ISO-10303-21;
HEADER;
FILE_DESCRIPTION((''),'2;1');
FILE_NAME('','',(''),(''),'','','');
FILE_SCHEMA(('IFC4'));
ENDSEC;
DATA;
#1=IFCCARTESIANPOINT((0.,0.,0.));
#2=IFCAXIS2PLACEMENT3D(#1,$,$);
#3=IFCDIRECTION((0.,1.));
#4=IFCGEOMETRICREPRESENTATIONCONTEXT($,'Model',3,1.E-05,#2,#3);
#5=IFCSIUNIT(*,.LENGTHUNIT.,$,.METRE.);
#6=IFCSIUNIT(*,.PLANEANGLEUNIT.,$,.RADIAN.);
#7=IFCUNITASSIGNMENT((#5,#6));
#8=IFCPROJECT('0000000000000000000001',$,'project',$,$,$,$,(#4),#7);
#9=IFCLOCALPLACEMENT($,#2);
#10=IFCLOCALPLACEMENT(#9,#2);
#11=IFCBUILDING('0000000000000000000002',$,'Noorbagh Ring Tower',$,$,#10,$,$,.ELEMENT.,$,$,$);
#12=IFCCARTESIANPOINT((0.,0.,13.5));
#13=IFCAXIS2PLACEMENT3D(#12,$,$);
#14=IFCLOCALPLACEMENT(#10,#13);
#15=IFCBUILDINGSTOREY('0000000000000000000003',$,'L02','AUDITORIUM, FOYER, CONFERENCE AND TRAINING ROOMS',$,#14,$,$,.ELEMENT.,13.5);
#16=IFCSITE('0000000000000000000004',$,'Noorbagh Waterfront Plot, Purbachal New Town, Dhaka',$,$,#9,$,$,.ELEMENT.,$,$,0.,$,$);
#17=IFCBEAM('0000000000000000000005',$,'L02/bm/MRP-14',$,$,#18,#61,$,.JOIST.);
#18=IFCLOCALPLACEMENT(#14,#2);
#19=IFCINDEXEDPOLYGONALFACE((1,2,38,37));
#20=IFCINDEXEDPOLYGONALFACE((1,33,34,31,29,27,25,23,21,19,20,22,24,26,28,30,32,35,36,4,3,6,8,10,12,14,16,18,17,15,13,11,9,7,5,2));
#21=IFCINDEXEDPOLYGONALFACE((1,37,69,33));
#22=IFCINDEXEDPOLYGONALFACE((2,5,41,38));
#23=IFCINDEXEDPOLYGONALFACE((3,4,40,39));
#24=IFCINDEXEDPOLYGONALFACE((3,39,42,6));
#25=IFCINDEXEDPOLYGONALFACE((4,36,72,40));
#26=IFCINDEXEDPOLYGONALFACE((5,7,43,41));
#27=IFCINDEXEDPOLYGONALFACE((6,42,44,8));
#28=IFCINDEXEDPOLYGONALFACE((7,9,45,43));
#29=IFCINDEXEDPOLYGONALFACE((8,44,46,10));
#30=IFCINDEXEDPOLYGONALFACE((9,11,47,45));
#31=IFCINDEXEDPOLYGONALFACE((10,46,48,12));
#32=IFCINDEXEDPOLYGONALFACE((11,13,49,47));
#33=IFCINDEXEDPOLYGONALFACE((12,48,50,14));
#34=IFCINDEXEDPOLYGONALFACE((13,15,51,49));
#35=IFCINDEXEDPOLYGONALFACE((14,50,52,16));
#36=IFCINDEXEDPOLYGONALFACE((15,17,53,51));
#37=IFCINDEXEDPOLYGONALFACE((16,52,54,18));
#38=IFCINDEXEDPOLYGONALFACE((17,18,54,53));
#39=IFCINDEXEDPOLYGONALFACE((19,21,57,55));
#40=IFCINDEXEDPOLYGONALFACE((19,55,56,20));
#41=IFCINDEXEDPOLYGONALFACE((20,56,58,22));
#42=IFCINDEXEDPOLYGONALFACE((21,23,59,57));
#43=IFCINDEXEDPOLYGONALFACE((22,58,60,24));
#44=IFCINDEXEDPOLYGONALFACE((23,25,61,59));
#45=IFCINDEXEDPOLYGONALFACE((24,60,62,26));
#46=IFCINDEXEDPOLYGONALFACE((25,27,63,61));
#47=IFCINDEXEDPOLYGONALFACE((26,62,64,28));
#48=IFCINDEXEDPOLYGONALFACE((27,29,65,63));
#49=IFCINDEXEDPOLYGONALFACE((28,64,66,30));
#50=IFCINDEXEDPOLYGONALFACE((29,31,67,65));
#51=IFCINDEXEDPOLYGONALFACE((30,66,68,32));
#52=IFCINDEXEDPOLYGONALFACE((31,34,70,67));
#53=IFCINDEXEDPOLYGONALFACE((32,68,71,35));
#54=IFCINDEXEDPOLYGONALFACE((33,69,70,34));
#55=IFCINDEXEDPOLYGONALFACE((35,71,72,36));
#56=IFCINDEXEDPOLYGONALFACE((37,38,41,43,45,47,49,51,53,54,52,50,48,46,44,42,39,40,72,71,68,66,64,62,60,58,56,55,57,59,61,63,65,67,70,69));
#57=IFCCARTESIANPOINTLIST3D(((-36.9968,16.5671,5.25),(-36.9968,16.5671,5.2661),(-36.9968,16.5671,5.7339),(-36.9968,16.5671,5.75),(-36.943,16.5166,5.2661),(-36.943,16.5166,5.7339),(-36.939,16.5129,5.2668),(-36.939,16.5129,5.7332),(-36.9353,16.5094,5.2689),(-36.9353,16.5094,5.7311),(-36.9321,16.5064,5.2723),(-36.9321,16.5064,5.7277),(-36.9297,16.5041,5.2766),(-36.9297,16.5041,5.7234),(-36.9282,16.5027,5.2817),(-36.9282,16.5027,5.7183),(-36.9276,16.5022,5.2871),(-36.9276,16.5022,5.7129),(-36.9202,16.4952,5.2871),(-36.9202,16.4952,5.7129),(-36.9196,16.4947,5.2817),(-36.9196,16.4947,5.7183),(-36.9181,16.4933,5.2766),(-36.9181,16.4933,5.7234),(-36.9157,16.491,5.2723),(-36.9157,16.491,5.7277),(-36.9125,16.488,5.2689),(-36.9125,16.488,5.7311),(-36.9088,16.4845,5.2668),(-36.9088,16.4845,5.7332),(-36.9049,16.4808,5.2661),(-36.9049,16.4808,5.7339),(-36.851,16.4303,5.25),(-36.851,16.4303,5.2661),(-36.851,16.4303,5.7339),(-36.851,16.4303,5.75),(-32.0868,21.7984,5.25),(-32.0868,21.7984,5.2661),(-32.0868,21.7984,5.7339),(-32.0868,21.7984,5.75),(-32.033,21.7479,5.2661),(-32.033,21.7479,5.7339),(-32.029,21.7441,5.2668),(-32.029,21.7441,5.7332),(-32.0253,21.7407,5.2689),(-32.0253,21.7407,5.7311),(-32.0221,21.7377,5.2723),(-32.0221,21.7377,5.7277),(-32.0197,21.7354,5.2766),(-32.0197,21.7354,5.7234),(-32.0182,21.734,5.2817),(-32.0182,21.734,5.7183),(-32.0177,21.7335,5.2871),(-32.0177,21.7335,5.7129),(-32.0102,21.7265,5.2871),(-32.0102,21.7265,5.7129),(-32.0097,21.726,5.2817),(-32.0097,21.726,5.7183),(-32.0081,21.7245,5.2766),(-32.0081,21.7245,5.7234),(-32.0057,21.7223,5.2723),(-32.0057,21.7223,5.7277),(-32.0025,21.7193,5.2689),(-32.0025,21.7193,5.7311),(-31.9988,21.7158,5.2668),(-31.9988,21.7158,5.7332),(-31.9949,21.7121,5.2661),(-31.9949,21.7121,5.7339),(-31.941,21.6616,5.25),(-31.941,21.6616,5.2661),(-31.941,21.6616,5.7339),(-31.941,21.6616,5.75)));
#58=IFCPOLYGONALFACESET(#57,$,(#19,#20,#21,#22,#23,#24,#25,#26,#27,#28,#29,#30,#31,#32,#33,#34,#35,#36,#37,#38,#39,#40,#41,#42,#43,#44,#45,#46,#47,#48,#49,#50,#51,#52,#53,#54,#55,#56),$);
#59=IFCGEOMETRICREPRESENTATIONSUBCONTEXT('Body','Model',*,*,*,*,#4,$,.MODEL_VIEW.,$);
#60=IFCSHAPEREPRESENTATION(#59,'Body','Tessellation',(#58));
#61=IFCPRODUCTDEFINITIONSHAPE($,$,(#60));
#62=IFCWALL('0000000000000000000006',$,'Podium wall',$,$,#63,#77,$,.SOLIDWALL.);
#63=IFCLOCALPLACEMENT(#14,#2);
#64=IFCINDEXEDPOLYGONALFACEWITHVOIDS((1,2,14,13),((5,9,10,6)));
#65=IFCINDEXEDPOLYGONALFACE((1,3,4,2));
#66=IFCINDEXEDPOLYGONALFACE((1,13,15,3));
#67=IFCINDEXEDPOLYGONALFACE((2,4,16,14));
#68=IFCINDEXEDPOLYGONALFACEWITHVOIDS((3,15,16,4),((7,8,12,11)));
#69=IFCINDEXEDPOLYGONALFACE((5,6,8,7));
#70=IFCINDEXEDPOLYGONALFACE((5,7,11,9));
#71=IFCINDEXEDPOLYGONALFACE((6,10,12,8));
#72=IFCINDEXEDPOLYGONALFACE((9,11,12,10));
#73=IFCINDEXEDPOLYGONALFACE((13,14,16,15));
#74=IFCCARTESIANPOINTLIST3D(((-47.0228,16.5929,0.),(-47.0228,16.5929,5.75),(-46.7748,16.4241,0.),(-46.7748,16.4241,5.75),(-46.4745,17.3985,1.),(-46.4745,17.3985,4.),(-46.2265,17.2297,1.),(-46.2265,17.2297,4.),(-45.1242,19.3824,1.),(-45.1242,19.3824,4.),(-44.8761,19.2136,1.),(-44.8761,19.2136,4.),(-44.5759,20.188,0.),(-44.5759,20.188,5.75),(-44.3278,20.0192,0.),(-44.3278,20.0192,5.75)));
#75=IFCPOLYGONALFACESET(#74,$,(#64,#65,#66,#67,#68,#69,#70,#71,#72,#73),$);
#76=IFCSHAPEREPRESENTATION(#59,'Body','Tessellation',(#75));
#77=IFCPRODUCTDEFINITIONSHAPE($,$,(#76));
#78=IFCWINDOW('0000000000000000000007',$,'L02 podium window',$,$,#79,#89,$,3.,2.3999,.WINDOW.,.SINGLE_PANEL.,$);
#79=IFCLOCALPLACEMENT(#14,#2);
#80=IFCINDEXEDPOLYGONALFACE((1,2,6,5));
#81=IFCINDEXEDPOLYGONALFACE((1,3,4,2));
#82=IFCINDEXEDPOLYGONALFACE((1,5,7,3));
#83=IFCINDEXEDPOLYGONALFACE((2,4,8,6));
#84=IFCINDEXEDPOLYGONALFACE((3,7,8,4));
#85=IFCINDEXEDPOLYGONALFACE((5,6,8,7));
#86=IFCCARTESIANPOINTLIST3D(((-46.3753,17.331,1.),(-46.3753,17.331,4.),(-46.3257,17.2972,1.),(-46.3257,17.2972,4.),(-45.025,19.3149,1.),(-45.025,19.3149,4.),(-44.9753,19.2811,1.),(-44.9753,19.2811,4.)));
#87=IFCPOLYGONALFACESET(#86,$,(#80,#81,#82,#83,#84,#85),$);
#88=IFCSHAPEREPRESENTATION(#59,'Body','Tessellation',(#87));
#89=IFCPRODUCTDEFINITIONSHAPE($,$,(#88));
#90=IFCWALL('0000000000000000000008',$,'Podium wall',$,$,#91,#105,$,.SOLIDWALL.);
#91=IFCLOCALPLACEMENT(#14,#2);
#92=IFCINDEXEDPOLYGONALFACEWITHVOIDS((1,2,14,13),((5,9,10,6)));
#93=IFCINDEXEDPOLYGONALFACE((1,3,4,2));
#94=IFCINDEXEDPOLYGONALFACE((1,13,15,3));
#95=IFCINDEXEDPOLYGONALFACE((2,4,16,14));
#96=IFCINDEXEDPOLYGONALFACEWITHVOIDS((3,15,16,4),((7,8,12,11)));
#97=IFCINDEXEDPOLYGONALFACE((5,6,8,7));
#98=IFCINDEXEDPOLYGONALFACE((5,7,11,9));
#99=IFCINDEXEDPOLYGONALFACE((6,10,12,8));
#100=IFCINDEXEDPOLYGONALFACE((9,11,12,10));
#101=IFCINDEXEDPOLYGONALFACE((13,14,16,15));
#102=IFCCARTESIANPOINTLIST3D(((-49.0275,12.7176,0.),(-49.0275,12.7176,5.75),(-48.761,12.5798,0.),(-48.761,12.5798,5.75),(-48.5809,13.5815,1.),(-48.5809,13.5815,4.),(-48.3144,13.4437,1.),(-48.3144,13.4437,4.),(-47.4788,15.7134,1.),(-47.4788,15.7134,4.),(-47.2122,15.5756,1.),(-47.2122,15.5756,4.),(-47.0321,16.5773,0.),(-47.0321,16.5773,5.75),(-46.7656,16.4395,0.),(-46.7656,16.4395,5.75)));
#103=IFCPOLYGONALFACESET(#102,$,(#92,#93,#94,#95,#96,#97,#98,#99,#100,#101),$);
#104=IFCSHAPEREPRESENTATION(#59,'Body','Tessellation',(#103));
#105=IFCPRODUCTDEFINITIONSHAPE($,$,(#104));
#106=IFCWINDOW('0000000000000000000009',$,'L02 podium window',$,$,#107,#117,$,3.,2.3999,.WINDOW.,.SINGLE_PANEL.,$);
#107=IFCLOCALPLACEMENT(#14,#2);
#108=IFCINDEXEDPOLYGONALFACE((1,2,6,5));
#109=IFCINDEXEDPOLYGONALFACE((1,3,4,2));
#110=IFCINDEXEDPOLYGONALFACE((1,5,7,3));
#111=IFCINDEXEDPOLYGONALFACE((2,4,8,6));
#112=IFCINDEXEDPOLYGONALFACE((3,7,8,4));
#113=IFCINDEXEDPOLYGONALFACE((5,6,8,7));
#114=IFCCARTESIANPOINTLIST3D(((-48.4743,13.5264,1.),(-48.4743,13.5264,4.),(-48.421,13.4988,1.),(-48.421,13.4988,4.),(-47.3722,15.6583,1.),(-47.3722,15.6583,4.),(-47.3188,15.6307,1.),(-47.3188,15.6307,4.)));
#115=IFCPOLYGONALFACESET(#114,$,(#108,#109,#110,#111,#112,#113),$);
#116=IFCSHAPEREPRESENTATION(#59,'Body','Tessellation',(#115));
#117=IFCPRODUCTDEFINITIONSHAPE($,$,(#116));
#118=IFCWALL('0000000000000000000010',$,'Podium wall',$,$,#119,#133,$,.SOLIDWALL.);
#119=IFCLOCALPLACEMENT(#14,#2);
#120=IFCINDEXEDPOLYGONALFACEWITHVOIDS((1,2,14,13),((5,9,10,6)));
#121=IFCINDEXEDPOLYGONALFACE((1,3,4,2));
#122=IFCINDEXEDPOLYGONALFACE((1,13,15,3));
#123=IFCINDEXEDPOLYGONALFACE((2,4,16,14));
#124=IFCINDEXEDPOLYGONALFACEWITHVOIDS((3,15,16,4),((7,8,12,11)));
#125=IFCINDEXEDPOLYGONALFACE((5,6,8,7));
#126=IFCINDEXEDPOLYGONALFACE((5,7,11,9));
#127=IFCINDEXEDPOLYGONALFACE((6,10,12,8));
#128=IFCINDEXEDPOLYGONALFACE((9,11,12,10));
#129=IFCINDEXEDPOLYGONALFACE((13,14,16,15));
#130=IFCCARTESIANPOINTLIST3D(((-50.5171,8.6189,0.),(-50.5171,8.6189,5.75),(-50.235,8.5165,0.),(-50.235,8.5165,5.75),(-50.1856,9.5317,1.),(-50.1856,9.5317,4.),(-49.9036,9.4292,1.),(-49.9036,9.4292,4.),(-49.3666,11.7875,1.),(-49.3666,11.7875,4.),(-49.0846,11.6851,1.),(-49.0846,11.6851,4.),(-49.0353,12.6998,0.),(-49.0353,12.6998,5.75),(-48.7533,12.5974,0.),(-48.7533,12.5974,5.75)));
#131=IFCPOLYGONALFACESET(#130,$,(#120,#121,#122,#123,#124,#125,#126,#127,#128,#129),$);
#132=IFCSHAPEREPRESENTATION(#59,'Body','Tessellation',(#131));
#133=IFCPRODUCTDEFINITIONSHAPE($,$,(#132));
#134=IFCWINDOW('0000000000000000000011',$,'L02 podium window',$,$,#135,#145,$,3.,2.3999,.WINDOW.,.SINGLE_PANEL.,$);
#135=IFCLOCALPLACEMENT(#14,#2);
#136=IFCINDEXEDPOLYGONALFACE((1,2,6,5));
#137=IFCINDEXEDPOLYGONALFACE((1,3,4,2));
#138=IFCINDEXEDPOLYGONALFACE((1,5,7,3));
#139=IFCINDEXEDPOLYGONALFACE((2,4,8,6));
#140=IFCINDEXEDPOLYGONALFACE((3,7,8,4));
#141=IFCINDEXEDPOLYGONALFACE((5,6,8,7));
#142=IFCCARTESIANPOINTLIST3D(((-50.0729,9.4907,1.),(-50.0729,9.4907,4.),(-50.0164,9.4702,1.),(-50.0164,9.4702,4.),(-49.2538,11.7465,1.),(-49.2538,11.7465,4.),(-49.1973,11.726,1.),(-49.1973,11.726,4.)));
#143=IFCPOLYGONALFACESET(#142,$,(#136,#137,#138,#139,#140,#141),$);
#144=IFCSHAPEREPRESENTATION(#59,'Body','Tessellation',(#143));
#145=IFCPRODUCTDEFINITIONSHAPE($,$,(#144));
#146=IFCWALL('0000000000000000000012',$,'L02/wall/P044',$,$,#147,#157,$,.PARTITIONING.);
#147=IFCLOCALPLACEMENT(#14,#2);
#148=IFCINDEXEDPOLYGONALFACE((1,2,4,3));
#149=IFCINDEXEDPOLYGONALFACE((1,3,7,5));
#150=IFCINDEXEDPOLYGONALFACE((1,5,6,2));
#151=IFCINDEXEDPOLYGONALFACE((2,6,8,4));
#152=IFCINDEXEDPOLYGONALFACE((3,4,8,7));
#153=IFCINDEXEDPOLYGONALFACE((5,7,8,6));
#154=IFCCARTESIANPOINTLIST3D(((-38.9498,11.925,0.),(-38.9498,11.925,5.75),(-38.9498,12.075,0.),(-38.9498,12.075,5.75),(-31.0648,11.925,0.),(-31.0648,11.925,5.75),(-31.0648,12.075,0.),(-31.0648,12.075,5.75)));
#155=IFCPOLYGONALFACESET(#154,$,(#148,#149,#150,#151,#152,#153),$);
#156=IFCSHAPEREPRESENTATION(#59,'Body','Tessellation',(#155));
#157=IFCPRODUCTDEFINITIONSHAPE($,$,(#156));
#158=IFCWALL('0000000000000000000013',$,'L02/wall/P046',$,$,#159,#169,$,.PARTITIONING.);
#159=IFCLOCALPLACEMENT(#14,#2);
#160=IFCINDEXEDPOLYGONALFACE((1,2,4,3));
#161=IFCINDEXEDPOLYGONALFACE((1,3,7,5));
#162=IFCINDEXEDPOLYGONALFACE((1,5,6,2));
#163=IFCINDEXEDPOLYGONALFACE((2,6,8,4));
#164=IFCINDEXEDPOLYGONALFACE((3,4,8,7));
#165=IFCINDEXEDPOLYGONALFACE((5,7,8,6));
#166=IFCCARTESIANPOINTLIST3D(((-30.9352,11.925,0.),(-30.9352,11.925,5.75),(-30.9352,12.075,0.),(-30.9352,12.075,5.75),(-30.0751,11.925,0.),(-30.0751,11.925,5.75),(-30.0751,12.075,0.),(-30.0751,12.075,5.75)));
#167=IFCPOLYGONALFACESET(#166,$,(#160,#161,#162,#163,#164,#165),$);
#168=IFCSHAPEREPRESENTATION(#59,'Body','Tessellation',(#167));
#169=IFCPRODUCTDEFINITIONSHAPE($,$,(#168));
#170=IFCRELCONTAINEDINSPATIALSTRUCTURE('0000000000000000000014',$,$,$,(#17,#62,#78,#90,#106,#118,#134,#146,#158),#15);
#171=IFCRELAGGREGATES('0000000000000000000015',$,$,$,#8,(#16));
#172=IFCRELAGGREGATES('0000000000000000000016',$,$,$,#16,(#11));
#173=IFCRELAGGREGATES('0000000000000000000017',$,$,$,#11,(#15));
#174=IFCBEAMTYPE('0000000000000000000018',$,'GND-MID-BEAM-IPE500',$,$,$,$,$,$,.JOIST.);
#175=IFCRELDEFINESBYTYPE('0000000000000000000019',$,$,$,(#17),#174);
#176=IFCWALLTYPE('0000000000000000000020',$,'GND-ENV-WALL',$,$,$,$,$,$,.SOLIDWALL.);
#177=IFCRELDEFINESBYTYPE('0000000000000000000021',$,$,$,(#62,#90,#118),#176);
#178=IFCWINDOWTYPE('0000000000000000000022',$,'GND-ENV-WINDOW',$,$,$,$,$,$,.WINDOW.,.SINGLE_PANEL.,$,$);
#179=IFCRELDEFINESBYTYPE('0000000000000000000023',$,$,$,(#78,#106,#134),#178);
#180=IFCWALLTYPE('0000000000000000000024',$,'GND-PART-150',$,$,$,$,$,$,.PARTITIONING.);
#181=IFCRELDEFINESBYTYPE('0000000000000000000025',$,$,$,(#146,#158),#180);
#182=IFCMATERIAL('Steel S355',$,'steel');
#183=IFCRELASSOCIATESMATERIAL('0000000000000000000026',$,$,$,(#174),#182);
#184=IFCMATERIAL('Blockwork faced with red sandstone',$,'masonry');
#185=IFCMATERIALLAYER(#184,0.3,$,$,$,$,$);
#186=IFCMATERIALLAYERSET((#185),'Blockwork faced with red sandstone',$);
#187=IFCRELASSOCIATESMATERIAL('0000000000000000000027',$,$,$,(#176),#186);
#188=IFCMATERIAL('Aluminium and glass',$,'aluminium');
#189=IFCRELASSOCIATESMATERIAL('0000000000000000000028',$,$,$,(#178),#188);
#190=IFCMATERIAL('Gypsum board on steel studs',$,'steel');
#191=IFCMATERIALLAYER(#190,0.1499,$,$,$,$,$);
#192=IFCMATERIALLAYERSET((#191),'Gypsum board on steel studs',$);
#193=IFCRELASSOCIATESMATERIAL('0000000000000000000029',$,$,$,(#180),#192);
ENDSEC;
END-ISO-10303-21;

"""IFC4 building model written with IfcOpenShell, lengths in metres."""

from ifc_helpers import new_model, si_unit, direction, frame, frame_2d, origin, origin_2d, place, context, subcontext, project, spatial, rectangle, i_section, extrude, material, layer, layer_set, material_profile, profile_set, type_object, element, fill, save


model = new_model("IFC4")

# Units and contexts
model_context = context("Model", 3, precision=1e-05, world=origin(), true_north=direction((0.0, 1.0)))
body_context = subcontext(model_context, "Body", "Model", "MODEL_VIEW")
ifc_project = project(units=[si_unit("LENGTHUNIT", "METRE"), si_unit("PLANEANGLEUNIT", "RADIAN")], contexts=[model_context])

# Site, building, storey
site_placement = place(None, origin())
site = spatial("IfcSite", under=ifc_project, at=site_placement, Name="Noorbagh Waterfront Plot, Purbachal New Town, Dhaka", CompositionType="ELEMENT", RefElevation=0.0)
building_placement = place(site_placement, origin())
building = spatial("IfcBuilding", under=site, at=building_placement, Name="Noorbagh Ring Tower", CompositionType="ELEMENT")
storey_placement = place(building_placement, frame((0.0, 0.0, 13.5)))
storey = spatial("IfcBuildingStorey", under=building, at=storey_placement, Name="L02", Description="AUDITORIUM, FOYER, CONFERENCE AND TRAINING ROOMS", CompositionType="ELEMENT", Elevation=13.5)

# Beam
ifc_material_1 = material(Name="Steel S355", Category="steel")
ifc_material_profile_1 = material_profile(ifc_material_1, i_section(OverallWidth=0.2, OverallDepth=0.5, WebThickness=0.0103, FlangeThickness=0.0161, FilletRadius=0.021, at=origin_2d()), Name="IPE500")
ifc_profile_set_1 = profile_set([ifc_material_profile_1], Name="Steel S355")
beam_type_1 = type_object("IfcBeamType", Name="GND-MID-BEAM-IPE500", PredefinedType="JOIST", material=ifc_profile_set_1)
beam_1_placement = place(storey_placement, frame((-32.0139, 21.73, 5.5), z_axis=(-0.684361, -0.729143, 0.0), x_axis=(0.729143, -0.684361, 0.0)))
element("IfcBeam", 1, at=beam_1_placement, inside=storey, type_object=beam_type_1, Name="L02/bm/MRP-14", PredefinedType="JOIST", context=body_context, shape_type="SweptSolid", body=[
    extrude(i_section(OverallWidth=0.2, OverallDepth=0.5, WebThickness=0.0103, FlangeThickness=0.0161, FilletRadius=0.021, at=origin_2d()), origin(), (0.0, 0.0, 1.0), 7.1746),
])

# Walls, openings, windows
ifc_material_2 = material(Name="Blockwork faced with red sandstone", Category="masonry")
ifc_layer_1 = layer(ifc_material_2, 0.3)
ifc_layer_set_1 = layer_set([ifc_layer_1], Name="Blockwork faced with red sandstone")
wall_type_1 = type_object("IfcWallType", Name="GND-ENV-WALL", PredefinedType="SOLIDWALL", material=ifc_layer_set_1)
wall_1_placement = place(storey_placement, frame((-44.4519, 20.1035, 0.0), z_axis=(0.0, 0.0, 1.0), x_axis=(-0.562668, -0.826683, 0.0)))
wall_1 = element("IfcWall", 2, at=wall_1_placement, inside=storey, type_object=wall_type_1, Name="Podium wall", PredefinedType="SOLIDWALL", context=body_context, shape_type="SweptSolid", body=[
    extrude(rectangle(XDim=4.3489, YDim=0.3, at=frame_2d((2.1743, 0.0))), origin(), (0.0, 0.0, 1.0), 5.75),
])
opening_1_placement = place(wall_1_placement, frame((0.9744, 0.0, 1.0)))
opening_1 = element("IfcOpeningElement", 3, at=opening_1_placement, cuts=wall_1, PredefinedType="OPENING", context=body_context, shape_type="SweptSolid", body=[
    extrude(rectangle(XDim=2.3999, YDim=3.0, at=frame_2d((1.2, 1.5))), frame((0.0, 0.1602, 0.0), z_axis=(0.0, -1.0, 0.0), x_axis=(1.0, 0.0, 0.0)), (0.0, 0.0, 1.0), 0.3201),
])
ifc_material_3 = material(Name="Aluminium and glass", Category="aluminium")
window_type = type_object("IfcWindowType", Name="GND-ENV-WINDOW", PartitioningType="SINGLE_PANEL", PredefinedType="WINDOW", material=ifc_material_3)
window_1_placement = place(opening_1_placement, origin())
window_1 = element("IfcWindow", 4, at=window_1_placement, inside=storey, type_object=window_type, Name="L02 podium window", OverallHeight=3.0, OverallWidth=2.3999, PartitioningType="SINGLE_PANEL", PredefinedType="WINDOW", context=body_context, shape_type="SweptSolid", body=[
    extrude(rectangle(XDim=2.3999, YDim=3.0, at=frame_2d((1.2, 1.5))), frame((0.0, 0.03, 0.0), z_axis=(0.0, -1.0, 0.0), x_axis=(1.0, 0.0, 0.0)), (0.0, 0.0, 1.0), 0.0601),
])
fill(opening_1, window_1)
wall_2_placement = place(storey_placement, frame((-46.8989, 16.5083, 0.0), z_axis=(0.0, 0.0, 1.0), x_axis=(-0.459243, -0.888311, 0.0)))
wall_2 = element("IfcWall", 5, at=wall_2_placement, inside=storey, type_object=wall_type_1, Name="Podium wall", PredefinedType="SOLIDWALL", context=body_context, shape_type="SweptSolid", body=[
    extrude(rectangle(XDim=4.345, YDim=0.3, at=frame_2d((2.1724, 0.0))), origin(), (0.0, 0.0, 1.0), 5.75),
])
opening_2_placement = place(wall_2_placement, frame((0.9724, 0.0, 1.0)))
opening_2 = element("IfcOpeningElement", 6, at=opening_2_placement, cuts=wall_2, PredefinedType="OPENING", context=body_context, shape_type="SweptSolid", body=[
    extrude(rectangle(XDim=2.3999, YDim=3.0, at=frame_2d((1.2, 1.5))), frame((0.0, 0.1602, 0.0), z_axis=(0.0, -1.0, 0.0), x_axis=(1.0, 0.0, 0.0)), (0.0, 0.0, 1.0), 0.3201),
])
window_2_placement = place(opening_2_placement, origin())
window_2 = element("IfcWindow", 7, at=window_2_placement, inside=storey, type_object=window_type, Name="L02 podium window", OverallHeight=3.0, OverallWidth=2.3999, PartitioningType="SINGLE_PANEL", PredefinedType="WINDOW", context=body_context, shape_type="SweptSolid", body=[
    extrude(rectangle(XDim=2.3999, YDim=3.0, at=frame_2d((1.2, 1.5))), frame((0.0, 0.03, 0.0), z_axis=(0.0, -1.0, 0.0), x_axis=(1.0, 0.0, 0.0)), (0.0, 0.0, 1.0), 0.0601),
])
fill(opening_2, window_2)
wall_3_placement = place(storey_placement, frame((-48.8943, 12.6487, 0.0), z_axis=(0.0, 0.0, 1.0), x_axis=(-0.341287, -0.939959, 0.0)))
wall_3 = element("IfcWall", 8, at=wall_3_placement, inside=storey, type_object=wall_type_1, Name="Podium wall", PredefinedType="SOLIDWALL", context=body_context, shape_type="SweptSolid", body=[
    extrude(rectangle(XDim=4.3416, YDim=0.3, at=frame_2d((2.1709, 0.0))), origin(), (0.0, 0.0, 1.0), 5.75),
])
opening_3_placement = place(wall_3_placement, frame((0.9707, 0.0, 1.0)))
opening_3 = element("IfcOpeningElement", 9, at=opening_3_placement, cuts=wall_3, PredefinedType="OPENING", context=body_context, shape_type="SweptSolid", body=[
    extrude(rectangle(XDim=2.3999, YDim=3.0, at=frame_2d((1.2, 1.5))), frame((0.0, 0.1602, 0.0), z_axis=(0.0, -1.0, 0.0), x_axis=(1.0, 0.0, 0.0)), (0.0, 0.0, 1.0), 0.3201),
])
window_3_placement = place(opening_3_placement, origin())
window_3 = element("IfcWindow", 10, at=window_3_placement, inside=storey, type_object=window_type, Name="L02 podium window", OverallHeight=3.0, OverallWidth=2.3999, PartitioningType="SINGLE_PANEL", PredefinedType="WINDOW", context=body_context, shape_type="SweptSolid", body=[
    extrude(rectangle(XDim=2.3999, YDim=3.0, at=frame_2d((1.2, 1.5))), frame((0.0, 0.03, 0.0), z_axis=(0.0, -1.0, 0.0), x_axis=(1.0, 0.0, 0.0)), (0.0, 0.0, 1.0), 0.0601),
])
fill(opening_3, window_3)

# Walls
ifc_material_4 = material(Name="Gypsum board on steel studs", Category="steel")
ifc_layer_2 = layer(ifc_material_4, 0.1499)
ifc_layer_set_2 = layer_set([ifc_layer_2], Name="Gypsum board on steel studs")
wall_type_2 = type_object("IfcWallType", Name="GND-PART-150", PredefinedType="PARTITIONING", material=ifc_layer_set_2)
wall_4_placement = place(storey_placement, frame((-31.0649, 12.0, 0.0), z_axis=(0.0, 0.0, 1.0), x_axis=(-1.0, 0.0, 0.0)))
element("IfcWall", 11, at=wall_4_placement, inside=storey, type_object=wall_type_2, Name="L02/wall/P044", PredefinedType="PARTITIONING", context=body_context, shape_type="SweptSolid", body=[
    extrude(rectangle(XDim=7.885, YDim=0.1499, at=frame_2d((3.9424, 0.0))), origin(), (0.0, 0.0, 1.0), 5.75),
])
wall_5_placement = place(storey_placement, frame((-30.075, 12.0, 0.0), z_axis=(0.0, 0.0, 1.0), x_axis=(-1.0, 0.0, 0.0)))
element("IfcWall", 12, at=wall_5_placement, inside=storey, type_object=wall_type_2, Name="L02/wall/P046", PredefinedType="PARTITIONING", context=body_context, shape_type="SweptSolid", body=[
    extrude(rectangle(XDim=0.8601, YDim=0.1499, at=frame_2d((0.4302, 0.0))), origin(), (0.0, 0.0, 1.0), 5.75),
])

save(model, "model.ifc")
